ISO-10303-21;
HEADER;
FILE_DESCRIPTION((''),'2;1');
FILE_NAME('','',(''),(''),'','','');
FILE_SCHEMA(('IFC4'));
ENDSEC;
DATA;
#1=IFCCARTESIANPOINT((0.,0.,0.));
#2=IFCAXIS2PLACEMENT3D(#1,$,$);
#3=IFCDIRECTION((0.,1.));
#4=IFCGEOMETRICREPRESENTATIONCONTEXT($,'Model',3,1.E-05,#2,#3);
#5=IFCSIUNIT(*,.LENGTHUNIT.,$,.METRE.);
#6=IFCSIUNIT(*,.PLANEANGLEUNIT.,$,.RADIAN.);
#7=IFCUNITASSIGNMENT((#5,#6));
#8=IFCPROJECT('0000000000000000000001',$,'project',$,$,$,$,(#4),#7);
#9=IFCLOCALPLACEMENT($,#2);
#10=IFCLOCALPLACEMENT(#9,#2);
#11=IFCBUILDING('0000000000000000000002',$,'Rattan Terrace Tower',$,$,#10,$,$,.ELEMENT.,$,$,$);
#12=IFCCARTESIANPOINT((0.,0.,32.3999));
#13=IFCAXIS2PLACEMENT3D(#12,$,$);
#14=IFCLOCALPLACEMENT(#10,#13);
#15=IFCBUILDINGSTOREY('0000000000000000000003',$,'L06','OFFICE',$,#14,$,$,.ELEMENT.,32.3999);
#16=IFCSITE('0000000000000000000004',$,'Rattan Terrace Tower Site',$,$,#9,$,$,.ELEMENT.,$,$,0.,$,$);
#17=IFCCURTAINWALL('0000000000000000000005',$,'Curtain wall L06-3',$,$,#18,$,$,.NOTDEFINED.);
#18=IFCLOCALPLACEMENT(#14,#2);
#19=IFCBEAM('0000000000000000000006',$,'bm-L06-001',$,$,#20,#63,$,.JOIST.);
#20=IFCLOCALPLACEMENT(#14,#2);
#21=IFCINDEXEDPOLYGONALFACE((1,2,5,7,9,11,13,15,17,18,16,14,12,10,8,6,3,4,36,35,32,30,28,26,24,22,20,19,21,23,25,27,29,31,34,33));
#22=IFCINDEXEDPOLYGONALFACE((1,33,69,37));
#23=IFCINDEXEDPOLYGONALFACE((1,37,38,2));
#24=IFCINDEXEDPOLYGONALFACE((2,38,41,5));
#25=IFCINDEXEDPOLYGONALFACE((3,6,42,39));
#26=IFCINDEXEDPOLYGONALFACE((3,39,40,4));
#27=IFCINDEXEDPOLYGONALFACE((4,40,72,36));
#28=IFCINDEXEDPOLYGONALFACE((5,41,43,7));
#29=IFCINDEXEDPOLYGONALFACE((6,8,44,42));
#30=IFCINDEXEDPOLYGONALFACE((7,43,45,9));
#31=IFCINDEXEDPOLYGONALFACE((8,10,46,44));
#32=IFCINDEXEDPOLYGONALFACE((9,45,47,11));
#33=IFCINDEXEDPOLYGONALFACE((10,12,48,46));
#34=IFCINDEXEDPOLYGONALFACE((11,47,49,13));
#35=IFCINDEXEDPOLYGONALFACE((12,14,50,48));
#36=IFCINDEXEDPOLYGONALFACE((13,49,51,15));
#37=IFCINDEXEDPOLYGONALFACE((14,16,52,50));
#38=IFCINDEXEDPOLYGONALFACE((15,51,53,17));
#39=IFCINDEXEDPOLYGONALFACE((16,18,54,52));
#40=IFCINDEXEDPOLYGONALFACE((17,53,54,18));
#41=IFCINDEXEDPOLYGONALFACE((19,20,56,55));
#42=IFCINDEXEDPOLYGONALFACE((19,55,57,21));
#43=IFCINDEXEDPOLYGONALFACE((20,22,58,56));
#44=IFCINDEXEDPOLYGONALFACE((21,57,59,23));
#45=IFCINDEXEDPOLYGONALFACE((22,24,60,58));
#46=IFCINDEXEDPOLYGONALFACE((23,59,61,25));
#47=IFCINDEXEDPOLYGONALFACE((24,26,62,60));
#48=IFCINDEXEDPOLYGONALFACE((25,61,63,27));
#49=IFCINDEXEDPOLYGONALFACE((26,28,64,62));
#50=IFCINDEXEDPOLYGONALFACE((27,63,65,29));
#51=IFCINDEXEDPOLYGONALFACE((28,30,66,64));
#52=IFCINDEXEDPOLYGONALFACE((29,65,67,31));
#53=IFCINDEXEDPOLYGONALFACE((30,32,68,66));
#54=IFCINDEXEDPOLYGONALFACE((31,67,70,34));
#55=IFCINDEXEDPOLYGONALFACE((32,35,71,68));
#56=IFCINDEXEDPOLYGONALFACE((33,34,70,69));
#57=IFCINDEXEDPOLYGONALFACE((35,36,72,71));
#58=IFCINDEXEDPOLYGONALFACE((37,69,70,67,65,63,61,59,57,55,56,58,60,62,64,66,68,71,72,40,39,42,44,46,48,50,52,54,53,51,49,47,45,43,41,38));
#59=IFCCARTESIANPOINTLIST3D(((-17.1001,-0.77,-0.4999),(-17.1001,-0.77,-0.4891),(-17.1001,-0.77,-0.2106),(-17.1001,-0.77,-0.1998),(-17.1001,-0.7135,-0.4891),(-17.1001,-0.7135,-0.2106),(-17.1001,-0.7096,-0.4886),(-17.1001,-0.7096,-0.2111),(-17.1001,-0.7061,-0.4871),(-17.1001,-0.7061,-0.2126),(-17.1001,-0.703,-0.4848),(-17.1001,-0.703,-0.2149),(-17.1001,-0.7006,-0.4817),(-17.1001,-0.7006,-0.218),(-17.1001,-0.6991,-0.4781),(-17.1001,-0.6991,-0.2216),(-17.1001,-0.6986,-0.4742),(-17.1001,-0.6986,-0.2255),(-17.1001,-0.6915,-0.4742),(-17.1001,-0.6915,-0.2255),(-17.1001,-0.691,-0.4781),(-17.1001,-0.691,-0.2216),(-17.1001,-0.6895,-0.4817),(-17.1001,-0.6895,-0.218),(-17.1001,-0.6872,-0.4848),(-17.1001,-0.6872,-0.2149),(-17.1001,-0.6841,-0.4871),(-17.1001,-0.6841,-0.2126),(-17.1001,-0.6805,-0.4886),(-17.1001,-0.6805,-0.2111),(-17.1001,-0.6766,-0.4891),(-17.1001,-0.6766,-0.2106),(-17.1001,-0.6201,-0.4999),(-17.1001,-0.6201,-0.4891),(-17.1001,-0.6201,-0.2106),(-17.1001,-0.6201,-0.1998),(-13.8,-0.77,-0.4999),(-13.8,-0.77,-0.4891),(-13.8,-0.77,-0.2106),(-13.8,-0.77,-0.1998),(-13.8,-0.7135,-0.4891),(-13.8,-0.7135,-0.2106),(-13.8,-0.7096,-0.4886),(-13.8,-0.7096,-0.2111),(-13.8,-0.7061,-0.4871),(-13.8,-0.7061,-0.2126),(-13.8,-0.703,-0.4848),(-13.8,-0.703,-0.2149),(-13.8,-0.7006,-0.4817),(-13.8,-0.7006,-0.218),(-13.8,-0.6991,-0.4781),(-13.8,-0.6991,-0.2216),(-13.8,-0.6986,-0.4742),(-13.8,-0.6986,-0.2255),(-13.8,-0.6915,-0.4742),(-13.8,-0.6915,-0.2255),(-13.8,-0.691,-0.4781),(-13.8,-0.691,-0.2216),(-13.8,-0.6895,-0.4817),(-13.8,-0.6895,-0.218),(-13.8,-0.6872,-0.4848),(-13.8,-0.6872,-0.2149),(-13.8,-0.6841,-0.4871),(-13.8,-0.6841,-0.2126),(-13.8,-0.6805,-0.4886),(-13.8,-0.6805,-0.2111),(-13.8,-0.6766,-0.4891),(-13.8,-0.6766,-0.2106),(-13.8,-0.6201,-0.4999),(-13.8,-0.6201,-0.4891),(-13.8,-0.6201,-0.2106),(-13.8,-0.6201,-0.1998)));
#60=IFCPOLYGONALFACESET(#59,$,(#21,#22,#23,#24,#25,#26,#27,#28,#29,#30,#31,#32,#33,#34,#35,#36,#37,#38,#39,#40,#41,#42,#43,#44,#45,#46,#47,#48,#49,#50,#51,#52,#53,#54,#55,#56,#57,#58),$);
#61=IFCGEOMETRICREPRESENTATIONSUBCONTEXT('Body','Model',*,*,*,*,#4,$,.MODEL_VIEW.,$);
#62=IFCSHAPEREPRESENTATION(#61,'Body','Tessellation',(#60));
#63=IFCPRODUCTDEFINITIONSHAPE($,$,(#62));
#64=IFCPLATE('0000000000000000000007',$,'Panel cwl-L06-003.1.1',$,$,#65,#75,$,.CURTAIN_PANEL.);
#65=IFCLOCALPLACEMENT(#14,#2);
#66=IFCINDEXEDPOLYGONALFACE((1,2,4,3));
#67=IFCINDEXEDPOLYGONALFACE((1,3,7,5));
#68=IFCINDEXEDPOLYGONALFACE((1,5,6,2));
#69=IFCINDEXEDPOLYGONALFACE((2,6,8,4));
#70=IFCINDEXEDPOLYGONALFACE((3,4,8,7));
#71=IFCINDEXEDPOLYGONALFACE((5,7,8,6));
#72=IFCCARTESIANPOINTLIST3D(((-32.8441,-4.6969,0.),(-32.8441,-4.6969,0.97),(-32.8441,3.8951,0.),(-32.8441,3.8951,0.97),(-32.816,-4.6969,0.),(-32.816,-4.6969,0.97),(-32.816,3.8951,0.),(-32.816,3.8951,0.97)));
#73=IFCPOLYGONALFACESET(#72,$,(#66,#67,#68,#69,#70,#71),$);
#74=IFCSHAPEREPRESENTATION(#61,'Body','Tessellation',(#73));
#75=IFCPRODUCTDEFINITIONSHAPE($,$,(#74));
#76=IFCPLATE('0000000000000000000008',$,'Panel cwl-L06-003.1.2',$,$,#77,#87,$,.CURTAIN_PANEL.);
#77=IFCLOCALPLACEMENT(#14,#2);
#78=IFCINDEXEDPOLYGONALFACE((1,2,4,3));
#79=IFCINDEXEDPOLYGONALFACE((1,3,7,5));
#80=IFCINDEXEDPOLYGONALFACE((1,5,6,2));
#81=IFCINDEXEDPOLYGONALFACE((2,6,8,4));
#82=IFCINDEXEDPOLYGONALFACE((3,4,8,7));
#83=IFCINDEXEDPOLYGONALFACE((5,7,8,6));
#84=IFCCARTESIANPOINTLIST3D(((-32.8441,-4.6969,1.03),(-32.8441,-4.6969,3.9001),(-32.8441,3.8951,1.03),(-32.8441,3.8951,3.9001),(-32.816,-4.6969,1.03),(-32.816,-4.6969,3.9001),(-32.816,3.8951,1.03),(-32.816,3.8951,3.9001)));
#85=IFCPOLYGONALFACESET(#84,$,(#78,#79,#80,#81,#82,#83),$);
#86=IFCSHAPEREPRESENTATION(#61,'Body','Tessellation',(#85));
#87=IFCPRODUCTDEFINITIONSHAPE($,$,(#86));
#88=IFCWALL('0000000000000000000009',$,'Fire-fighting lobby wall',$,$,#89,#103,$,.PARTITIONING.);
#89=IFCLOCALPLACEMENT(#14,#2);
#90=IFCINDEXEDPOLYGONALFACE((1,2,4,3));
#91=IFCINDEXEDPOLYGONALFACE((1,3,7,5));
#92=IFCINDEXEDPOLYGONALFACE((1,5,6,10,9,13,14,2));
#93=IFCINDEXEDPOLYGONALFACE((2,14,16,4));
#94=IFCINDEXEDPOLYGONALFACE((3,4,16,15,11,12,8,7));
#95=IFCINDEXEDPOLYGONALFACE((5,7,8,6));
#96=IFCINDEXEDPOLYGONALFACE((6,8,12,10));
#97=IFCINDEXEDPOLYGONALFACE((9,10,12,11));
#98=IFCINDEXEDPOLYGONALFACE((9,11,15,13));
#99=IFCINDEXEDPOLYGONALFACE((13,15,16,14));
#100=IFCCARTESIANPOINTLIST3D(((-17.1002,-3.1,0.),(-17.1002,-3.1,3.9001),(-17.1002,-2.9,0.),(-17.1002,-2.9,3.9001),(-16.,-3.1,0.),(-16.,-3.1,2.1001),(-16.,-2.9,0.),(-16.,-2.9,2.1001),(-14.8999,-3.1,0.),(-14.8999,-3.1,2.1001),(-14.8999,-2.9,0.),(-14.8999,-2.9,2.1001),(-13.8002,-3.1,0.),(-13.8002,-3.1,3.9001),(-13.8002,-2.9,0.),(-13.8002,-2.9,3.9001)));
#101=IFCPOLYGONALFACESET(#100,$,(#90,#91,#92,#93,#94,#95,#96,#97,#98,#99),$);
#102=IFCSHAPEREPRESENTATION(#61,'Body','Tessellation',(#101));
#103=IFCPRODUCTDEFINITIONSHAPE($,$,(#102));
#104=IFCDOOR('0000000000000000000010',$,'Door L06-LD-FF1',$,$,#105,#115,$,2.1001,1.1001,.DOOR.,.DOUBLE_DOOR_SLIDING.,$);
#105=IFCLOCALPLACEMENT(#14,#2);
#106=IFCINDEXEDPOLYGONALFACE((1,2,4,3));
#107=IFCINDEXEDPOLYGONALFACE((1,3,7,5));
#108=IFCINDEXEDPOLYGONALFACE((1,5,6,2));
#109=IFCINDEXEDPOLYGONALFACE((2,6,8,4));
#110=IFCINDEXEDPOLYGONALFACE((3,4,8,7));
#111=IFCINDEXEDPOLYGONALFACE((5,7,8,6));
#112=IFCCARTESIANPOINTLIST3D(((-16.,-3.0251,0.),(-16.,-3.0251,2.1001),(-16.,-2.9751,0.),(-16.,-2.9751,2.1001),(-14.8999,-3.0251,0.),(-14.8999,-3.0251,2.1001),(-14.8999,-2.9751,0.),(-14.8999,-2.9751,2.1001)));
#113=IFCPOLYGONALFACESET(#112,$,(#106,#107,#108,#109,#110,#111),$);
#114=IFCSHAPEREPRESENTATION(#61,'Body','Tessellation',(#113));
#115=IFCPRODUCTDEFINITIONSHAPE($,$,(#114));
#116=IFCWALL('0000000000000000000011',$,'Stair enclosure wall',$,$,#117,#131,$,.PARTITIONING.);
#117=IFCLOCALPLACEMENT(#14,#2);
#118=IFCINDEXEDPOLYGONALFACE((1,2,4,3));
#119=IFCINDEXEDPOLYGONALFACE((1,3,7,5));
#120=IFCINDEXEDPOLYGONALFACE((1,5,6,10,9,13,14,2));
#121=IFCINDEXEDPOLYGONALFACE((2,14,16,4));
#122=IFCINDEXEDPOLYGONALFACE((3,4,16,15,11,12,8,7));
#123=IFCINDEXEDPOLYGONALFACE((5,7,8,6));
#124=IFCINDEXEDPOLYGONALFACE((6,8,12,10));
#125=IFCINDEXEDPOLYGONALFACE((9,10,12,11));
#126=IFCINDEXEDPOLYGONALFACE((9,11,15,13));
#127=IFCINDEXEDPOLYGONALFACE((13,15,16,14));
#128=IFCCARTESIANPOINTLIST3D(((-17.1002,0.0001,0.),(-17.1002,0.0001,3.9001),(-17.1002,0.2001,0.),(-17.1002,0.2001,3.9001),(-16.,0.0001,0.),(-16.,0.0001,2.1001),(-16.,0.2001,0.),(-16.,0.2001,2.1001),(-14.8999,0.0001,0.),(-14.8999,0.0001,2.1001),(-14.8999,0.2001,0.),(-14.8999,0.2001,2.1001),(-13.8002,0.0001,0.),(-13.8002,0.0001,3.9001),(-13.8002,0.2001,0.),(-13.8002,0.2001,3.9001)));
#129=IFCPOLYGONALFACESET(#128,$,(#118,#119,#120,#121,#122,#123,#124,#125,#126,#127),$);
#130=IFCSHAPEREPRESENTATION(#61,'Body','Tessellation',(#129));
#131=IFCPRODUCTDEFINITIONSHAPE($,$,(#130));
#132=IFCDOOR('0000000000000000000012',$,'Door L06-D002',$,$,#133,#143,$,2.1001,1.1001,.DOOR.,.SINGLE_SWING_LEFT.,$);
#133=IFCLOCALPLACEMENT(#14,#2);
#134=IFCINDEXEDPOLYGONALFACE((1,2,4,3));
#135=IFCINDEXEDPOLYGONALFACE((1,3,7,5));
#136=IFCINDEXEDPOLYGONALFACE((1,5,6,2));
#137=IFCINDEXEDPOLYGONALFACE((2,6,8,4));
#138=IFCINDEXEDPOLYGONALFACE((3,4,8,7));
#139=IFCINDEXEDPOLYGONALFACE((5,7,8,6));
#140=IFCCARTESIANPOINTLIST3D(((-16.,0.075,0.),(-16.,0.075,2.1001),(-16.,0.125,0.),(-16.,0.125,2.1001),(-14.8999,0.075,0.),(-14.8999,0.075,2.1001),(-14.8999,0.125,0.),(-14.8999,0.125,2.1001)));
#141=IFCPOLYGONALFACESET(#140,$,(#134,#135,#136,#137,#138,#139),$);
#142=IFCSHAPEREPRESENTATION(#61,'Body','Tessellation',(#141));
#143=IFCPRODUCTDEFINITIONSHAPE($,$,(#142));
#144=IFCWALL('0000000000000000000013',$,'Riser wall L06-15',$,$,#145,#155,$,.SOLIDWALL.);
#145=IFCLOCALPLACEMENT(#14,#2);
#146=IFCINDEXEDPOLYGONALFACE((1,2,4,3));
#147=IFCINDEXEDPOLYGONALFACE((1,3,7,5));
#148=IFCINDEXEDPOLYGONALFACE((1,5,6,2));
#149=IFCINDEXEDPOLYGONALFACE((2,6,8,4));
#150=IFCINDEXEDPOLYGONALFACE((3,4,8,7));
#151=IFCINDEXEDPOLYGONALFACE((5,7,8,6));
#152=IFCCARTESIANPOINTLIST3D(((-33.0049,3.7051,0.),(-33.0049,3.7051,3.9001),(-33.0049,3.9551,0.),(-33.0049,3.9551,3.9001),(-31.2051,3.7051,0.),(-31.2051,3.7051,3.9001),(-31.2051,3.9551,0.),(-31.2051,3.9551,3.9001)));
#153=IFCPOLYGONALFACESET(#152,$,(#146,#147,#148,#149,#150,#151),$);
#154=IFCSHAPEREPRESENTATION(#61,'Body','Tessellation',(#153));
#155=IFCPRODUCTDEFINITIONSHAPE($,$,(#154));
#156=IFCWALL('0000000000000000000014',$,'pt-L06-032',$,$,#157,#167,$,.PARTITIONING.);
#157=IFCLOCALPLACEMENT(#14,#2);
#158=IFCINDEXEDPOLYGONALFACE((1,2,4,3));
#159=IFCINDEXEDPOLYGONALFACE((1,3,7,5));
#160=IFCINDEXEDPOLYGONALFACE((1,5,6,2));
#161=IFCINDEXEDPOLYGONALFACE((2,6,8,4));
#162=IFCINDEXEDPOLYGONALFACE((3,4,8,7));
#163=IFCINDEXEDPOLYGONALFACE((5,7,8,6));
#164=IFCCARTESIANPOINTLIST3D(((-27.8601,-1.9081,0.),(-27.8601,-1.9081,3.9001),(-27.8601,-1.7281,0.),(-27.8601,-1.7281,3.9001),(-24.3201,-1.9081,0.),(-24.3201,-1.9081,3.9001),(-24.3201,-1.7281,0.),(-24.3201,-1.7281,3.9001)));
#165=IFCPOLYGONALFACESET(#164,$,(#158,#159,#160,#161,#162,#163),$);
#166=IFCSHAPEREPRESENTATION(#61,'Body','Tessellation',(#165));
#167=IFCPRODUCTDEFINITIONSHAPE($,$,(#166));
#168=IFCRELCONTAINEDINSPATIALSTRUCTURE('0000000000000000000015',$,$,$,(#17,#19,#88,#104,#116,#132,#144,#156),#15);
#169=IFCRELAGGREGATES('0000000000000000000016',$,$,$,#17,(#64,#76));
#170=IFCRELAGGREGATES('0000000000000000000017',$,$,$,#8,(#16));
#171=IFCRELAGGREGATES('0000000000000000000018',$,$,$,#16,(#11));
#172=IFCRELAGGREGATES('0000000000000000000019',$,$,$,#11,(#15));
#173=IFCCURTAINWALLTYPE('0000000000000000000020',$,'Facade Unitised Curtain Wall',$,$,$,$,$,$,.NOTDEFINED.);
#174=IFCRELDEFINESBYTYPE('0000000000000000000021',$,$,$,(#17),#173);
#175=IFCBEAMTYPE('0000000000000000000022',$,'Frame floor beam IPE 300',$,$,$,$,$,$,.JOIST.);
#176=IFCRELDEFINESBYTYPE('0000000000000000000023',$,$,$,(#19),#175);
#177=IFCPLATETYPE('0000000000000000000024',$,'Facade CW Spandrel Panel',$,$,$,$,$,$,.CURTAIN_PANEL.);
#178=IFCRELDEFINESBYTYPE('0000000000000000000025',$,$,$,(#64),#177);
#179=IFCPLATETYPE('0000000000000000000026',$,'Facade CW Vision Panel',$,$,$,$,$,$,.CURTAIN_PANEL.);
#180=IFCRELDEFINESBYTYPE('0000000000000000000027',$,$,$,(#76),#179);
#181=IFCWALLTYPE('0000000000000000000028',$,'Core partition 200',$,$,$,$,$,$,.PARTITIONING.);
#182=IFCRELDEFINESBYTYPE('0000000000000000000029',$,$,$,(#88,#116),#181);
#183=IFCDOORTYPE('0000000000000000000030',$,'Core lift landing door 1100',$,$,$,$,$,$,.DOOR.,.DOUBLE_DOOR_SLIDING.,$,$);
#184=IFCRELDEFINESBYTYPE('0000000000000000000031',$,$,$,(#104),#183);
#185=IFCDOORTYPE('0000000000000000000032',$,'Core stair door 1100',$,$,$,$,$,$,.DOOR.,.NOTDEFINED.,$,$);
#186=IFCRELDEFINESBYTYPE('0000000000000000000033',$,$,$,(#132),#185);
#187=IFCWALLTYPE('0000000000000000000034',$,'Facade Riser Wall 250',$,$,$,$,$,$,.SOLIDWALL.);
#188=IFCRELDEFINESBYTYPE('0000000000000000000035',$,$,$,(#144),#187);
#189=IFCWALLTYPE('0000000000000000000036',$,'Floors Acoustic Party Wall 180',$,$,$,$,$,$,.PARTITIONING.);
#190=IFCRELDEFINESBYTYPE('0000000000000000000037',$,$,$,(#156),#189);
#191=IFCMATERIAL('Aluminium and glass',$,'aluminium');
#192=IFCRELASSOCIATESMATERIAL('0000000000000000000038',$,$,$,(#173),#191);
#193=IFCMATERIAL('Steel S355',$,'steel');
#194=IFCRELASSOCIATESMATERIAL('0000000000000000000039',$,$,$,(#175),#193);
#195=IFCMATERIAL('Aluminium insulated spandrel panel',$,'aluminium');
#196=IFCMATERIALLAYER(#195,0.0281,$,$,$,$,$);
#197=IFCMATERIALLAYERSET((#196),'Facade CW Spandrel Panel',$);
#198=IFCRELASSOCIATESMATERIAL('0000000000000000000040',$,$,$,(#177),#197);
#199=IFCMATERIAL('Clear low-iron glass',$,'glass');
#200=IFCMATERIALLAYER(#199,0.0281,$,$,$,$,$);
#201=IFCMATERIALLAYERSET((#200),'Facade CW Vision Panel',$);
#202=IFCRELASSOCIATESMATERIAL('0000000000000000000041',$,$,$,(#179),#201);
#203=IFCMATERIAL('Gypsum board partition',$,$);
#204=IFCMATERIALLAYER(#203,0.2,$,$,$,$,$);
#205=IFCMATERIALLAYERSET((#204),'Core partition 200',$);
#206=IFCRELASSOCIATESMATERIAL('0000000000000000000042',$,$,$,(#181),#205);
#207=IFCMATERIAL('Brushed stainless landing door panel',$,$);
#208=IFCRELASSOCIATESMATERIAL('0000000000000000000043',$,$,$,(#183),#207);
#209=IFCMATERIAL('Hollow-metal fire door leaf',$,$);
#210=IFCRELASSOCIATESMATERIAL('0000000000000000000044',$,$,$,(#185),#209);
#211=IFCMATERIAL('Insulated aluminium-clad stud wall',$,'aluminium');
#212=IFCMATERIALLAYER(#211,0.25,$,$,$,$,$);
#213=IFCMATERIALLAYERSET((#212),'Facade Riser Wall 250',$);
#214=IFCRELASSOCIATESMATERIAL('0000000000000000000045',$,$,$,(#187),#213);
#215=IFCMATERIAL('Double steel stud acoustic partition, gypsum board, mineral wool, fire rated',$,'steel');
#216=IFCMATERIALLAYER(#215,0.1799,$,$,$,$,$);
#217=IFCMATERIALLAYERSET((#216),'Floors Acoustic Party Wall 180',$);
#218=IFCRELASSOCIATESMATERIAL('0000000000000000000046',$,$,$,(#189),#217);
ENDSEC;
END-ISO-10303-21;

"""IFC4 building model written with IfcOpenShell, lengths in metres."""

from ifc_helpers import new_model, si_unit, direction, frame, frame_2d, origin, origin_2d, place, context, subcontext, project, spatial, rectangle, i_section, extrude, material, layer, layer_set, material_profile, profile_set, type_object, element, fill, aggregate, save


model = new_model("IFC4")

# Units and contexts
model_context = context("Model", 3, precision=1e-05, world=origin(), true_north=direction((0.0, 1.0)))
body_context = subcontext(model_context, "Body", "Model", "MODEL_VIEW")
ifc_project = project(units=[si_unit("LENGTHUNIT", "METRE"), si_unit("PLANEANGLEUNIT", "RADIAN")], contexts=[model_context])

# Site, building, storey
site_placement = place(None, origin())
site = spatial("IfcSite", under=ifc_project, at=site_placement, Name="Rattan Terrace Tower Site", CompositionType="ELEMENT", RefElevation=0.0)
building_placement = place(site_placement, origin())
building = spatial("IfcBuilding", under=site, at=building_placement, Name="Rattan Terrace Tower", CompositionType="ELEMENT")
storey_placement = place(building_placement, frame((0.0, 0.0, 32.3999)))
storey = spatial("IfcBuildingStorey", under=building, at=storey_placement, Name="L06", Description="OFFICE", CompositionType="ELEMENT", Elevation=32.3999)

# Curtain wall
ifc_material_1 = material(Name="Aluminium and glass", Category="aluminium")
curtain_wall_type = type_object("IfcCurtainWallType", Name="Facade Unitised Curtain Wall", PredefinedType="NOTDEFINED", material=ifc_material_1)
curtain_wall_placement = place(storey_placement, origin())
curtain_wall = element("IfcCurtainWall", 1, at=curtain_wall_placement, inside=storey, type_object=curtain_wall_type, Name="Curtain wall L06-3", PredefinedType="NOTDEFINED")

# Beam
ifc_material_2 = material(Name="Steel S355", Category="steel")
ifc_material_profile_1 = material_profile(ifc_material_2, i_section(OverallWidth=0.1499, OverallDepth=0.3, WebThickness=0.0071, FlangeThickness=0.0107, FilletRadius=0.0149, at=origin_2d()), Name="IPE 300")
ifc_profile_set_1 = profile_set([ifc_material_profile_1], Name="Steel S355")
beam_type_1 = type_object("IfcBeamType", Name="Frame floor beam IPE 300", PredefinedType="JOIST", material=ifc_profile_set_1)
beam_1_placement = place(storey_placement, frame((-17.1001, -0.6951, -0.3499), z_axis=(1.0, 0.0, 0.0), x_axis=(0.0, 1.0, 0.0)))
element("IfcBeam", 2, at=beam_1_placement, inside=storey, type_object=beam_type_1, Name="bm-L06-001", PredefinedType="JOIST", context=body_context, shape_type="SweptSolid", body=[
    extrude(i_section(OverallWidth=0.1499, OverallDepth=0.3, WebThickness=0.0071, FlangeThickness=0.0107, FilletRadius=0.0149, at=origin_2d()), origin(), (0.0, 0.0, 1.0), 3.3),
])

# Plates
ifc_material_3 = material(Name="Aluminium insulated spandrel panel", Category="aluminium")
ifc_layer_1 = layer(ifc_material_3, 0.0281)
ifc_layer_set_1 = layer_set([ifc_layer_1], Name="Facade CW Spandrel Panel")
plate_type_1 = type_object("IfcPlateType", Name="Facade CW Spandrel Panel", PredefinedType="CURTAIN_PANEL", material=ifc_layer_set_1)
plate_1_placement = place(storey_placement, frame((-32.8301, -0.4009, 0.0), z_axis=(0.0, 0.0, 1.0), x_axis=(0.0, -1.0, 0.0)))
plate_1 = element("IfcPlate", 3, at=plate_1_placement, type_object=plate_type_1, Name="Panel cwl-L06-003.1.1", PredefinedType="CURTAIN_PANEL", context=body_context, shape_type="SweptSolid", body=[
    extrude(rectangle(XDim=8.592, YDim=0.0281, at=origin_2d()), origin(), (0.0, 0.0, 1.0), 0.97),
])
ifc_material_4 = material(Name="Clear low-iron glass", Category="glass")
ifc_layer_2 = layer(ifc_material_4, 0.0281)
ifc_layer_set_2 = layer_set([ifc_layer_2], Name="Facade CW Vision Panel")
plate_type_2 = type_object("IfcPlateType", Name="Facade CW Vision Panel", PredefinedType="CURTAIN_PANEL", material=ifc_layer_set_2)
plate_2_placement = place(storey_placement, frame((-32.8301, -0.4009, 1.03), z_axis=(0.0, 0.0, 1.0), x_axis=(0.0, -1.0, 0.0)))
plate_2 = element("IfcPlate", 4, at=plate_2_placement, type_object=plate_type_2, Name="Panel cwl-L06-003.1.2", PredefinedType="CURTAIN_PANEL", context=body_context, shape_type="SweptSolid", body=[
    extrude(rectangle(XDim=8.592, YDim=0.0281, at=origin_2d()), origin(), (0.0, 0.0, 1.0), 2.8701),
])
aggregate(curtain_wall, [plate_1, plate_2])

# Walls, openings, doors
ifc_material_5 = material(Name="Gypsum board partition")
ifc_layer_3 = layer(ifc_material_5, 0.2)
ifc_layer_set_3 = layer_set([ifc_layer_3], Name="Core partition 200")
wall_type_1 = type_object("IfcWallType", Name="Core partition 200", PredefinedType="PARTITIONING", material=ifc_layer_set_3)
wall_1_placement = place(storey_placement, frame((-17.1001, -3.0, 0.0), z_axis=(0.0, 0.0, 1.0), x_axis=(1.0, 0.0, 0.0)))
wall_1 = element("IfcWall", 5, at=wall_1_placement, inside=storey, type_object=wall_type_1, Name="Fire-fighting lobby wall", PredefinedType="PARTITIONING", context=body_context, shape_type="SweptSolid", body=[
    extrude(rectangle(XDim=3.3, YDim=0.2, at=frame_2d((1.6499, 0.0))), origin(), (0.0, 0.0, 1.0), 3.9001),
])
opening_1_placement = place(wall_1_placement, frame((1.1001, 0.0, 0.0)))
opening_1 = element("IfcOpeningElement", 6, at=opening_1_placement, cuts=wall_1, PredefinedType="OPENING", context=body_context, shape_type="SweptSolid", body=[
    extrude(rectangle(XDim=1.1001, YDim=2.1001, at=frame_2d((0.55, 1.05))), frame((0.0, 0.1106, 0.0), z_axis=(0.0, -1.0, 0.0), x_axis=(1.0, 0.0, 0.0)), (0.0, 0.0, 1.0), 0.2209),
])
ifc_material_6 = material(Name="Brushed stainless landing door panel")
door_type_1 = type_object("IfcDoorType", Name="Core lift landing door 1100", OperationType="DOUBLE_DOOR_SLIDING", PredefinedType="DOOR", material=ifc_material_6)
door_1_placement = place(opening_1_placement, origin())
door_1 = element("IfcDoor", 7, at=door_1_placement, inside=storey, type_object=door_type_1, Name="Door L06-LD-FF1", OperationType="DOUBLE_DOOR_SLIDING", OverallHeight=2.1001, OverallWidth=1.1001, PredefinedType="DOOR", context=body_context, shape_type="SweptSolid", body=[
    extrude(rectangle(XDim=1.1001, YDim=2.1001, at=frame_2d((0.55, 1.05))), frame((0.0, 0.0249, 0.0), z_axis=(0.0, -1.0, 0.0), x_axis=(1.0, 0.0, 0.0)), (0.0, 0.0, 1.0), 0.05),
])
fill(opening_1, door_1)
wall_2_placement = place(storey_placement, frame((-17.1001, 0.1001, 0.0), z_axis=(0.0, 0.0, 1.0), x_axis=(1.0, 0.0, 0.0)))
wall_2 = element("IfcWall", 8, at=wall_2_placement, inside=storey, type_object=wall_type_1, Name="Stair enclosure wall", PredefinedType="PARTITIONING", context=body_context, shape_type="SweptSolid", body=[
    extrude(rectangle(XDim=3.3, YDim=0.2, at=frame_2d((1.6499, 0.0))), origin(), (0.0, 0.0, 1.0), 3.9001),
])
opening_2_placement = place(wall_2_placement, frame((1.1001, 0.0, 0.0)))
opening_2 = element("IfcOpeningElement", 9, at=opening_2_placement, cuts=wall_2, PredefinedType="OPENING", context=body_context, shape_type="SweptSolid", body=[
    extrude(rectangle(XDim=1.1001, YDim=2.1001, at=frame_2d((0.55, 1.05))), frame((0.0, 0.1106, 0.0), z_axis=(0.0, -1.0, 0.0), x_axis=(1.0, 0.0, 0.0)), (0.0, 0.0, 1.0), 0.2209),
])
ifc_material_7 = material(Name="Hollow-metal fire door leaf")
door_type_2 = type_object("IfcDoorType", Name="Core stair door 1100", OperationType="NOTDEFINED", PredefinedType="DOOR", material=ifc_material_7)
door_2_placement = place(opening_2_placement, origin())
door_2 = element("IfcDoor", 10, at=door_2_placement, inside=storey, type_object=door_type_2, Name="Door L06-D002", OperationType="SINGLE_SWING_LEFT", OverallHeight=2.1001, OverallWidth=1.1001, PredefinedType="DOOR", context=body_context, shape_type="SweptSolid", body=[
    extrude(rectangle(XDim=1.1001, YDim=2.1001, at=frame_2d((0.55, 1.05))), frame((0.0, 0.0249, 0.0), z_axis=(0.0, -1.0, 0.0), x_axis=(1.0, 0.0, 0.0)), (0.0, 0.0, 1.0), 0.05),
])
fill(opening_2, door_2)

# Walls
ifc_material_8 = material(Name="Insulated aluminium-clad stud wall", Category="aluminium")
ifc_layer_4 = layer(ifc_material_8, 0.25)
ifc_layer_set_4 = layer_set([ifc_layer_4], Name="Facade Riser Wall 250")
wall_type_2 = type_object("IfcWallType", Name="Facade Riser Wall 250", PredefinedType="SOLIDWALL", material=ifc_layer_set_4)
wall_3_placement = place(storey_placement, frame((-31.2051, 3.8301, 0.0), z_axis=(0.0, 0.0, 1.0), x_axis=(-1.0, 0.0, 0.0)))
element("IfcWall", 11, at=wall_3_placement, inside=storey, type_object=wall_type_2, Name="Riser wall L06-15", PredefinedType="SOLIDWALL", context=body_context, shape_type="SweptSolid", body=[
    extrude(rectangle(XDim=1.7998, YDim=0.25, at=frame_2d((0.8999, 0.0))), origin(), (0.0, 0.0, 1.0), 3.9001),
])
ifc_material_9 = material(Name="Double steel stud acoustic partition, gypsum board, mineral wool, fire rated", Category="steel")
ifc_layer_5 = layer(ifc_material_9, 0.1799)
ifc_layer_set_5 = layer_set([ifc_layer_5], Name="Floors Acoustic Party Wall 180")
wall_type_3 = type_object("IfcWallType", Name="Floors Acoustic Party Wall 180", PredefinedType="PARTITIONING", material=ifc_layer_set_5)
wall_4_placement = place(storey_placement, frame((-27.8601, -1.8181, 0.0), z_axis=(0.0, 0.0, 1.0), x_axis=(1.0, 0.0, 0.0)))
element("IfcWall", 12, at=wall_4_placement, inside=storey, type_object=wall_type_3, Name="pt-L06-032", PredefinedType="PARTITIONING", context=body_context, shape_type="SweptSolid", body=[
    extrude(rectangle(XDim=3.54, YDim=0.1799, at=frame_2d((1.77, 0.0))), origin(), (0.0, 0.0, 1.0), 3.9001),
])

save(model, "model.ifc")
